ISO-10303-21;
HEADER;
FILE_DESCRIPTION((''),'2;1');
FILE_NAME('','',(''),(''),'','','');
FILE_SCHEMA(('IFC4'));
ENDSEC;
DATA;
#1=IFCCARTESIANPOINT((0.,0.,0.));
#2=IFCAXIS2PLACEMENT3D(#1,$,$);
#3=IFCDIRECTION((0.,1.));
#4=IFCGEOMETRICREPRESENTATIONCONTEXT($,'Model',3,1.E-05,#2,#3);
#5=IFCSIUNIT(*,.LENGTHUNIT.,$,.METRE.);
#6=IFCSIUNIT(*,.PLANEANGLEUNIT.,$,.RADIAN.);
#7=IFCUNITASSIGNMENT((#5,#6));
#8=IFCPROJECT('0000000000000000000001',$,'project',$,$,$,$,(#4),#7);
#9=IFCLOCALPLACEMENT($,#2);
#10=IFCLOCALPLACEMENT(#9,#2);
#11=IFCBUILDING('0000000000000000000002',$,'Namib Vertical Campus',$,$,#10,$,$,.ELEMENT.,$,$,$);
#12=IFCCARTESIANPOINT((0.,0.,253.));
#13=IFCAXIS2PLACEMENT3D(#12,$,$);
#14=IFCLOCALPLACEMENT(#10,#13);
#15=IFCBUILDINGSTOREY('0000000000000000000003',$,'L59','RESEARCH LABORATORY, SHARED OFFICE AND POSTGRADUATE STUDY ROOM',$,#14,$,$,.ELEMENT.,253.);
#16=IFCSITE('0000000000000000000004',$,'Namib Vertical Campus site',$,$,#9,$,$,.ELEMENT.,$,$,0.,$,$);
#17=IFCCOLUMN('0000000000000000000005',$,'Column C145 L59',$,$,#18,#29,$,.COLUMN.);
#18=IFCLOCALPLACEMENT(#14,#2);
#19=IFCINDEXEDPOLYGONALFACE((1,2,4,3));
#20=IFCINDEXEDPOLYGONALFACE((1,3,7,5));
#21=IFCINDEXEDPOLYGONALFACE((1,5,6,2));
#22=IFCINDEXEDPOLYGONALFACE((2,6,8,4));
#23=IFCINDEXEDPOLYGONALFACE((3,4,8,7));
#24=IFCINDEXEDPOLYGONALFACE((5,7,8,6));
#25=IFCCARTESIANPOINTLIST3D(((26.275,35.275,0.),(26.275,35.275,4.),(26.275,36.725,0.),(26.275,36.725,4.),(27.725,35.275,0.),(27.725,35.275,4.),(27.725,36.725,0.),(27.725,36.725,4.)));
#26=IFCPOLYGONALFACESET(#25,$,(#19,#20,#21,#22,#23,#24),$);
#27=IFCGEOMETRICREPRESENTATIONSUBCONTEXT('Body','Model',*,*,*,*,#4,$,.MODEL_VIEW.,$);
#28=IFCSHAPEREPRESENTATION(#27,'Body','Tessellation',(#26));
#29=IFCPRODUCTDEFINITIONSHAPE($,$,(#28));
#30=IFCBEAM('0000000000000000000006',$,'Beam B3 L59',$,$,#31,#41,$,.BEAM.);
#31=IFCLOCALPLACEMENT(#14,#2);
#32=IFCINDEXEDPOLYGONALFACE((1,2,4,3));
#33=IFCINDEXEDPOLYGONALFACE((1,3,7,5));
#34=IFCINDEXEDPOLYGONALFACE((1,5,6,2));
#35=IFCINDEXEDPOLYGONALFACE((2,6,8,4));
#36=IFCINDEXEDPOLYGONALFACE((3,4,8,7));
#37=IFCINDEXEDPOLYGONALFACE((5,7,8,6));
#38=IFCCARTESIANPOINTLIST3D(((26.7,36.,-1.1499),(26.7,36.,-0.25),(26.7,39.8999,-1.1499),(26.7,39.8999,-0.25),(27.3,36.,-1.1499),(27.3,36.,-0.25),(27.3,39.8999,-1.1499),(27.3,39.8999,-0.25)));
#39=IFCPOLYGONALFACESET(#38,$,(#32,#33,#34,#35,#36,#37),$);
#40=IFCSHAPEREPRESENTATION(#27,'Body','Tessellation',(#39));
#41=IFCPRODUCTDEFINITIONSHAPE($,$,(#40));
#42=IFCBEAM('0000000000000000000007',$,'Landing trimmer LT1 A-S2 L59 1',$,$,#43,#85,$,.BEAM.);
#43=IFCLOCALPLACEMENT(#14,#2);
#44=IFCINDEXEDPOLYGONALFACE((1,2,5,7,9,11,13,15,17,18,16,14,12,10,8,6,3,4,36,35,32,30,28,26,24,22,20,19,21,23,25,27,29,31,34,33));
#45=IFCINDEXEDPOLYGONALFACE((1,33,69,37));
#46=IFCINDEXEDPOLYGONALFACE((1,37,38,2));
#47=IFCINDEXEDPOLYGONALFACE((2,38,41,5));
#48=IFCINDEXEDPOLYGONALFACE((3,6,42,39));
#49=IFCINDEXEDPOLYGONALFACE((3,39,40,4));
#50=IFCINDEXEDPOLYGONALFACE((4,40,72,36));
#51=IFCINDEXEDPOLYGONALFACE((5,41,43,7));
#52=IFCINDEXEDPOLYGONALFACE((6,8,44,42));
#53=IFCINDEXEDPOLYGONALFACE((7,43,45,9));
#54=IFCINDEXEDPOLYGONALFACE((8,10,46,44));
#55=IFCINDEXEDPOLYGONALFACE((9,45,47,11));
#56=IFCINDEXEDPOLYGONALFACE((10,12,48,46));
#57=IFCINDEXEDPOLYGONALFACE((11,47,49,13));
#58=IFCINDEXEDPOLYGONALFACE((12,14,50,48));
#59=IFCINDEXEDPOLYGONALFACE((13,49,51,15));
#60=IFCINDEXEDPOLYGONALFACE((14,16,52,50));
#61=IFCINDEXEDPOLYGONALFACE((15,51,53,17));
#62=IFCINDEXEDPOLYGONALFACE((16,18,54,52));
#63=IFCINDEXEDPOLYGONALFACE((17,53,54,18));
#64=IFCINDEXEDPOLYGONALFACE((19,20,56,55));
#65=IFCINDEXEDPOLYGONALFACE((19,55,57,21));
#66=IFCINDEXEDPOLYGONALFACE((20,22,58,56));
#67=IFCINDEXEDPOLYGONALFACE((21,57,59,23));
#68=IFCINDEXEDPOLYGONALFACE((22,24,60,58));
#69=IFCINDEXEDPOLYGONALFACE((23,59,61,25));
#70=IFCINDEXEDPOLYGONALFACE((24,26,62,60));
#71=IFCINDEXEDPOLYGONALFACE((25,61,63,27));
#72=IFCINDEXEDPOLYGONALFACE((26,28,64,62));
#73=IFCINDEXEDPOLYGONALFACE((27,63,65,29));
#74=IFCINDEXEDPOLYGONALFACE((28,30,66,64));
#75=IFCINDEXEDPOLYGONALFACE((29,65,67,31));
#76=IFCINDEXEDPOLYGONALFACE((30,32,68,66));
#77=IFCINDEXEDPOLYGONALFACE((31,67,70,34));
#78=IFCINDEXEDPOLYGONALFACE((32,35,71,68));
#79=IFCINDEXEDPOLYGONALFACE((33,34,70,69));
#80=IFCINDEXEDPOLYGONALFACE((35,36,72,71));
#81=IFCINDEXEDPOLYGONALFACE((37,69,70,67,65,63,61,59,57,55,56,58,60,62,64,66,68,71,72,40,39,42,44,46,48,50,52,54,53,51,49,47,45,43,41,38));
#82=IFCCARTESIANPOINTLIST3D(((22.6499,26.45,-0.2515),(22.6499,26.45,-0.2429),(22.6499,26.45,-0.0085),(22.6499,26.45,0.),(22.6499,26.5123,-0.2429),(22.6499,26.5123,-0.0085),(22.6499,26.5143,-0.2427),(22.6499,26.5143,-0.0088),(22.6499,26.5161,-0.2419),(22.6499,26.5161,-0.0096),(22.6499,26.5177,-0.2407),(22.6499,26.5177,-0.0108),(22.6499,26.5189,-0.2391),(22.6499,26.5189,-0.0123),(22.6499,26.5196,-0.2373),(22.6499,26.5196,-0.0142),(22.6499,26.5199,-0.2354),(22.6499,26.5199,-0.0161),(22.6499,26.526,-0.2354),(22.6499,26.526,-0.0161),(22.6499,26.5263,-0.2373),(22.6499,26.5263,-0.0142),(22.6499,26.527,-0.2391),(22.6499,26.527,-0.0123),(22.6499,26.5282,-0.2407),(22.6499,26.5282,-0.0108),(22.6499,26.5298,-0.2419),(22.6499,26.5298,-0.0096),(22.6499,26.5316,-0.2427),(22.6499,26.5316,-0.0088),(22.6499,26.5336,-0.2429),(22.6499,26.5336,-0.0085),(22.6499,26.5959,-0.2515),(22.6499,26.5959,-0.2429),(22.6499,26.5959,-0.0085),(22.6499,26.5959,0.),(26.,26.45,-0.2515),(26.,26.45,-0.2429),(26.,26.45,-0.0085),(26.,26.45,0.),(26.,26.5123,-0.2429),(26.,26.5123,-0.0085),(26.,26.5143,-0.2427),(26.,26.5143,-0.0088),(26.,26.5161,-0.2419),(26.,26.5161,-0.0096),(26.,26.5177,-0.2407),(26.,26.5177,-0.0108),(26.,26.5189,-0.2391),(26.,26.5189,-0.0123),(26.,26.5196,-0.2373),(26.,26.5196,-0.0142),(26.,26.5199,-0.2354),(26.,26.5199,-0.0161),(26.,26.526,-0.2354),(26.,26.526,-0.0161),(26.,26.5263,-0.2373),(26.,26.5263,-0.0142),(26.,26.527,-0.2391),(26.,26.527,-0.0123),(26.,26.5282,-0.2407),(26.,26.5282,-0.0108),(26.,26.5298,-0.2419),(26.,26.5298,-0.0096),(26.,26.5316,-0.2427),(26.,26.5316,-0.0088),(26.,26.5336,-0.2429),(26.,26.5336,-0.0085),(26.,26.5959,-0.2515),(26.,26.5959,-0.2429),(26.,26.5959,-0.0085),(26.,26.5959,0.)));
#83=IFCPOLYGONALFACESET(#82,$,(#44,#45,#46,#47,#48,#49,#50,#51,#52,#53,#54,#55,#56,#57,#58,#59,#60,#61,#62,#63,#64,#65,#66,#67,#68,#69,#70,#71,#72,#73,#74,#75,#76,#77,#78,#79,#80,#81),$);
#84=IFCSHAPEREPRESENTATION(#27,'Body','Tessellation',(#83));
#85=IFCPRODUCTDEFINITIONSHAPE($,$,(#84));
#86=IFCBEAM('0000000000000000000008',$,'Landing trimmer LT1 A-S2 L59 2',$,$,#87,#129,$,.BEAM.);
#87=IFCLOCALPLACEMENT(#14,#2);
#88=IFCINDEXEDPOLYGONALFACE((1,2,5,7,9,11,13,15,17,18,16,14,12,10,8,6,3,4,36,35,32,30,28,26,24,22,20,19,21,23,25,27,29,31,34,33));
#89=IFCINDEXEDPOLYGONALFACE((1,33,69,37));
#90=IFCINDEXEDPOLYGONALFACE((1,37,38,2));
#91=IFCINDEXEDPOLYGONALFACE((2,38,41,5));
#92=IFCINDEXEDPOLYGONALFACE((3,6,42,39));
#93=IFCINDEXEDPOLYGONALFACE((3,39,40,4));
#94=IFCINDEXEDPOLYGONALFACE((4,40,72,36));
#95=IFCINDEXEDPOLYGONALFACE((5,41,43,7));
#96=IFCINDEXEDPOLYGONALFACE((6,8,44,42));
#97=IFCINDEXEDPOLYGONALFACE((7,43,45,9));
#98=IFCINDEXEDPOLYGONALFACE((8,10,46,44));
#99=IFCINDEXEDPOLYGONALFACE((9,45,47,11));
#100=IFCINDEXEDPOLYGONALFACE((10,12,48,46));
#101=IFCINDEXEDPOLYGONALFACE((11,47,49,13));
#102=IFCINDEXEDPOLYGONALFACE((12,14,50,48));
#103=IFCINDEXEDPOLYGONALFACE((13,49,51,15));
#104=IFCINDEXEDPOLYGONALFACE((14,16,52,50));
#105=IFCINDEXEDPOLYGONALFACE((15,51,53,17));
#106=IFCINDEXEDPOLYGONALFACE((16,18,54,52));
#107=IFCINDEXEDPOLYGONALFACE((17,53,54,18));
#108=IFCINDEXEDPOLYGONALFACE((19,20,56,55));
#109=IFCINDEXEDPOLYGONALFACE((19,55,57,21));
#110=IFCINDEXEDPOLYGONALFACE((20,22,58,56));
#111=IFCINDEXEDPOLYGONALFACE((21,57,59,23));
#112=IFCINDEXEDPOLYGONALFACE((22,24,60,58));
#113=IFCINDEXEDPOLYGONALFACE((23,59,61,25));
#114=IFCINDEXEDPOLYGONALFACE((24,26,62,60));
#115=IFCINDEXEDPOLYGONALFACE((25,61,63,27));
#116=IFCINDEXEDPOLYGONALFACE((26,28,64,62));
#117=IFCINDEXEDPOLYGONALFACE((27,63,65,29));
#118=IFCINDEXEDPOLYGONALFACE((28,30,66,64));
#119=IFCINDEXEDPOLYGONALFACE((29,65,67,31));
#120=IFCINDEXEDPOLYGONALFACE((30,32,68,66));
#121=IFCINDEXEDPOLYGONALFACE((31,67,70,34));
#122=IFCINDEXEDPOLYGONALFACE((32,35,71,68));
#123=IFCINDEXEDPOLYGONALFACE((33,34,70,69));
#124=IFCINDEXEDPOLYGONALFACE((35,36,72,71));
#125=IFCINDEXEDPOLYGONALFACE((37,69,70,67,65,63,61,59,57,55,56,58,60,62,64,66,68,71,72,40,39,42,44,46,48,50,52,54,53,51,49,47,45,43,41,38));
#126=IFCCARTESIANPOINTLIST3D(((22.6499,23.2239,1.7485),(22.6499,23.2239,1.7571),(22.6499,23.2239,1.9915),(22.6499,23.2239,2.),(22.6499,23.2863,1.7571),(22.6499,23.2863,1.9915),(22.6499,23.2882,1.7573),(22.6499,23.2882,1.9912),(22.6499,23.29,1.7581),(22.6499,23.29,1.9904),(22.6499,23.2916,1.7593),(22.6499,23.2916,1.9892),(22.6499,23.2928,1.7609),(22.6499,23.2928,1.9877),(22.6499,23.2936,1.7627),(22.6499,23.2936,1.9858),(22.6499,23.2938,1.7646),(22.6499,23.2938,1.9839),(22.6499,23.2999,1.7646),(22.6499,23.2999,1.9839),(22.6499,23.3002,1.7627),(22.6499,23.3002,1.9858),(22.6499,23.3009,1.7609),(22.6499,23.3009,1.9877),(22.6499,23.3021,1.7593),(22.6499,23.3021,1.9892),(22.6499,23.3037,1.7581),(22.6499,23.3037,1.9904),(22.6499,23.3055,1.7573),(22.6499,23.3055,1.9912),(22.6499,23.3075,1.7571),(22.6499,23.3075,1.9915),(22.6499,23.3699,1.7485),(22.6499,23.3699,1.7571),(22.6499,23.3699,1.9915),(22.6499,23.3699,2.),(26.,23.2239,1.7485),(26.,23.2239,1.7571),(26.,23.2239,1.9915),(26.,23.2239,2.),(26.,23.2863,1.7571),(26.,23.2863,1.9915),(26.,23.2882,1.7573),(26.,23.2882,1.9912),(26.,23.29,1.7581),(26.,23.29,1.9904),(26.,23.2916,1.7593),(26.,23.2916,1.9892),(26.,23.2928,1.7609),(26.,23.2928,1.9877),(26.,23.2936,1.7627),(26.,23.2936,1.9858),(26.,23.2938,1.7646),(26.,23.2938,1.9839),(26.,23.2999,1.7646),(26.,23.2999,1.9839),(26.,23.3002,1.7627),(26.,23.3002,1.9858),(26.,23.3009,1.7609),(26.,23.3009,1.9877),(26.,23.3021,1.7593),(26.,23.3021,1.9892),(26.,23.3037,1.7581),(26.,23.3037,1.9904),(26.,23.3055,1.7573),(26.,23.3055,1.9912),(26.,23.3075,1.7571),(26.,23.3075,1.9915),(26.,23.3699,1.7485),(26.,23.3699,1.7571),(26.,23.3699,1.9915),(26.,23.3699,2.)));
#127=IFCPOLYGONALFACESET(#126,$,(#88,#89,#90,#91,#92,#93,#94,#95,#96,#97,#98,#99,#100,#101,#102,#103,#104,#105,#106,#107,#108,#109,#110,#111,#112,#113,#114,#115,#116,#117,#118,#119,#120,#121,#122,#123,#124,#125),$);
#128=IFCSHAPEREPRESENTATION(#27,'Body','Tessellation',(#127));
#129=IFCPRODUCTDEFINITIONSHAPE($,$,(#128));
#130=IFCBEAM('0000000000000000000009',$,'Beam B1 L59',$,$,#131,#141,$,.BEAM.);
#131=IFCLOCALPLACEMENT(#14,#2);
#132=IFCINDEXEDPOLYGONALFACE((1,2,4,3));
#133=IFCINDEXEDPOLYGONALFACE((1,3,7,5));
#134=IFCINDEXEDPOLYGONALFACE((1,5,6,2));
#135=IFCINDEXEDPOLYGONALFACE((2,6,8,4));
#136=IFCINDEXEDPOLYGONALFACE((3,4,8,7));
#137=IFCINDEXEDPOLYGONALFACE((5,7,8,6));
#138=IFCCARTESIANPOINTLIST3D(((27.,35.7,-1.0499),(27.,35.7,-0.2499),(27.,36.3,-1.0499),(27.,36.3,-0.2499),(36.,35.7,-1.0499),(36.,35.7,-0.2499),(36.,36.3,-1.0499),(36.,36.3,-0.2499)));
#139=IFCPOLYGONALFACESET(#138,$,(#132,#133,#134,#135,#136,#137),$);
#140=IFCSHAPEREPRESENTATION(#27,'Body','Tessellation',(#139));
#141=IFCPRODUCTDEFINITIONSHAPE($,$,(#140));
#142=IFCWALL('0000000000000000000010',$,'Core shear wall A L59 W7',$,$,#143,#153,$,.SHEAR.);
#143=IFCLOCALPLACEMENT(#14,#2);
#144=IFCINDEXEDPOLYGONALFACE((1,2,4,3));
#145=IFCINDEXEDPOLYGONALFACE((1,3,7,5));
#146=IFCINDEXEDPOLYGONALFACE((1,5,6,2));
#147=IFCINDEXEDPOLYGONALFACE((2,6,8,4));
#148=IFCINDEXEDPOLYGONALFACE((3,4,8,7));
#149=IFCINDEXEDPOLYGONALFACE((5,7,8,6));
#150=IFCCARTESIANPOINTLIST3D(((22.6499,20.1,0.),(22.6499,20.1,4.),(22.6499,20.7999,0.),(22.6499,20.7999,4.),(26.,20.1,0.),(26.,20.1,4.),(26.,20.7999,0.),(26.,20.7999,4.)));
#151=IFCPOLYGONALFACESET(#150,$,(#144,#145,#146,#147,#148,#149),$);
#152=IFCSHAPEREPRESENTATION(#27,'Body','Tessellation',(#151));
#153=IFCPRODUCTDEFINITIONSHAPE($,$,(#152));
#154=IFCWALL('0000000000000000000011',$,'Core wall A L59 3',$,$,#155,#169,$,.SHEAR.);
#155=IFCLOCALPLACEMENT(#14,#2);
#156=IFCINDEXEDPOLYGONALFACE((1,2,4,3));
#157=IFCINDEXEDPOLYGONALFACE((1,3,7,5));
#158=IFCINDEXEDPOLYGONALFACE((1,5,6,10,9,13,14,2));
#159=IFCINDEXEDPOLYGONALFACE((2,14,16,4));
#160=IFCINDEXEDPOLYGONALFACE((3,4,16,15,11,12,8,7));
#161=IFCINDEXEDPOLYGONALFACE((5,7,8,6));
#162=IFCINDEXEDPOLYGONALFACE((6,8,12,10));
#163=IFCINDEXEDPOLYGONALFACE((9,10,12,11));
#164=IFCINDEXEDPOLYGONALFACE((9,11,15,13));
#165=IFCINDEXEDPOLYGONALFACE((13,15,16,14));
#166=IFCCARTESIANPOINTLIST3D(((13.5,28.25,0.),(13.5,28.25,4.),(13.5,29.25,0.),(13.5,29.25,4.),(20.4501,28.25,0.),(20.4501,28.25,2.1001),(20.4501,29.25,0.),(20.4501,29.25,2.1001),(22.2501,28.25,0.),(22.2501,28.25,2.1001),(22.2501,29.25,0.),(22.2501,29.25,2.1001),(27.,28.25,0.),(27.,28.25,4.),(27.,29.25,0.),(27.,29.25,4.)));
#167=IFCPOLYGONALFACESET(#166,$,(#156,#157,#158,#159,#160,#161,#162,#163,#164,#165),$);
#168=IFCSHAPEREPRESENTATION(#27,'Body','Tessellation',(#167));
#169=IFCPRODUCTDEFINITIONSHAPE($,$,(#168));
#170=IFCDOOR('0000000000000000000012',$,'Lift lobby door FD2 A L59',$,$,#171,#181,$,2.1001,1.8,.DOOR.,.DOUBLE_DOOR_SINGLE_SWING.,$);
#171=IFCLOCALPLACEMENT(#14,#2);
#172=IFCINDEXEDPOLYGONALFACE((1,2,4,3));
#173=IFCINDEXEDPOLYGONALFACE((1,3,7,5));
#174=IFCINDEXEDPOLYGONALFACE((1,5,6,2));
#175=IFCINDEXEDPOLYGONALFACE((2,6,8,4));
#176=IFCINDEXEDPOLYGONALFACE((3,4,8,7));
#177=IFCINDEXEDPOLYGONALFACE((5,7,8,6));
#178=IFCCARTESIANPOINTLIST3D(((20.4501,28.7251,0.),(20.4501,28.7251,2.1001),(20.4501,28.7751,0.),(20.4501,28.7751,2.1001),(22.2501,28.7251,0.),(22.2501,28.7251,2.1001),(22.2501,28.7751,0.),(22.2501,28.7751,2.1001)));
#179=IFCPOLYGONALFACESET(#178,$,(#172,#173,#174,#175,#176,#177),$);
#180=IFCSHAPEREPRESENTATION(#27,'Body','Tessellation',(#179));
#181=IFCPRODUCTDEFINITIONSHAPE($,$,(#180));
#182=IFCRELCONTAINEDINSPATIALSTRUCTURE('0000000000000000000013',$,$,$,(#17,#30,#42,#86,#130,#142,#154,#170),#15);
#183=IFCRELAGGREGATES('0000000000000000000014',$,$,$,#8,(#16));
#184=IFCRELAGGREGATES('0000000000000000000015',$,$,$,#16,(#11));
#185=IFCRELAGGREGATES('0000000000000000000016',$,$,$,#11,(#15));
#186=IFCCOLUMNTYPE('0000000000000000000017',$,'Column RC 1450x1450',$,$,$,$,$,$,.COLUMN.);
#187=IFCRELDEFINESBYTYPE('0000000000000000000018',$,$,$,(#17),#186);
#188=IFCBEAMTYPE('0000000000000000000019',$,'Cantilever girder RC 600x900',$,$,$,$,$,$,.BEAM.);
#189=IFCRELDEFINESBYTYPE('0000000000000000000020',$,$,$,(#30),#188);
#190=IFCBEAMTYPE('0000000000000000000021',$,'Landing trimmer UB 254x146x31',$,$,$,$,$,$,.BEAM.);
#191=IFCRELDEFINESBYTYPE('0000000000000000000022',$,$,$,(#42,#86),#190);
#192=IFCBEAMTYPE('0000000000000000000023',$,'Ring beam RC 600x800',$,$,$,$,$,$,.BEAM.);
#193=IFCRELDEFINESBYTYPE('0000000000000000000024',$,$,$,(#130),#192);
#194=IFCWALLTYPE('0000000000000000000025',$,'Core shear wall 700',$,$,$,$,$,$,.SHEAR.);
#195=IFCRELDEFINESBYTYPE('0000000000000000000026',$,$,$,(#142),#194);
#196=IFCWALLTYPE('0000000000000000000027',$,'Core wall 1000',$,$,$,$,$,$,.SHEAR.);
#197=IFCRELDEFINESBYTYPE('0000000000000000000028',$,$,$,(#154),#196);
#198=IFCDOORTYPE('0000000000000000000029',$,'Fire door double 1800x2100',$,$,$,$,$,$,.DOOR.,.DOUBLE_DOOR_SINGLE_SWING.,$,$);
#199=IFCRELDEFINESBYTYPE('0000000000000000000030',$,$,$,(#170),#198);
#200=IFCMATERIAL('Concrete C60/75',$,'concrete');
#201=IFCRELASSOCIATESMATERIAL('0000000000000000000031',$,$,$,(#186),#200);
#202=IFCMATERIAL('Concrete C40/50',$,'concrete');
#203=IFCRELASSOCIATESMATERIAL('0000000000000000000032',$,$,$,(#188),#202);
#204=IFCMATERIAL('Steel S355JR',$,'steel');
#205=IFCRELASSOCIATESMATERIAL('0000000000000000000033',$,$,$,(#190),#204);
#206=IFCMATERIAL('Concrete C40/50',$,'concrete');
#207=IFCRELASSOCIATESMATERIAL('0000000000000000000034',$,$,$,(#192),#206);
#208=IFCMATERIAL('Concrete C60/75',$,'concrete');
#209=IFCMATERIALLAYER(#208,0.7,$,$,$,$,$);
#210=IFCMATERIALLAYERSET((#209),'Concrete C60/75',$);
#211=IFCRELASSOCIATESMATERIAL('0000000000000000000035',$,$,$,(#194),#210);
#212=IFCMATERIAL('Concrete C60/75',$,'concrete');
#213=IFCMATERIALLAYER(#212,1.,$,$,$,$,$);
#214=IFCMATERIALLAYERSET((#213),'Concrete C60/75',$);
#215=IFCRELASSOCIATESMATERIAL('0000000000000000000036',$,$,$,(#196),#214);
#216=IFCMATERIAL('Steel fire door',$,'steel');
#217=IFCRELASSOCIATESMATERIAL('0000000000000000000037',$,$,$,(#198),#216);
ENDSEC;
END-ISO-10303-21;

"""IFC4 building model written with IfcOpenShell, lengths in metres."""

from ifc_helpers import new_model, si_unit, direction, frame, frame_2d, origin, origin_2d, place, context, subcontext, project, spatial, rectangle, i_section, extrude, material, layer, layer_set, material_profile, profile_set, type_object, element, fill, save


model = new_model("IFC4")

# Units and contexts
model_context = context("Model", 3, precision=1e-05, world=origin(), true_north=direction((0.0, 1.0)))
body_context = subcontext(model_context, "Body", "Model", "MODEL_VIEW")
ifc_project = project(units=[si_unit("LENGTHUNIT", "METRE"), si_unit("PLANEANGLEUNIT", "RADIAN")], contexts=[model_context])

# Site, building, storey
site_placement = place(None, origin())
site = spatial("IfcSite", under=ifc_project, at=site_placement, Name="Namib Vertical Campus site", CompositionType="ELEMENT", RefElevation=0.0)
building_placement = place(site_placement, origin())
building = spatial("IfcBuilding", under=site, at=building_placement, Name="Namib Vertical Campus", CompositionType="ELEMENT")
storey_placement = place(building_placement, frame((0.0, 0.0, 253.0)))
storey = spatial("IfcBuildingStorey", under=building, at=storey_placement, Name="L59", Description="RESEARCH LABORATORY, SHARED OFFICE AND POSTGRADUATE STUDY ROOM", CompositionType="ELEMENT", Elevation=253.0)

# Column
ifc_material_1 = material(Name="Concrete C60/75", Category="concrete")
ifc_material_profile_1 = material_profile(ifc_material_1, rectangle(XDim=1.45, YDim=1.45, at=origin_2d()))
ifc_profile_set_1 = profile_set([ifc_material_profile_1], Name="Concrete C60/75")
column_type = type_object("IfcColumnType", Name="Column RC 1450x1450", PredefinedType="COLUMN", material=ifc_profile_set_1)
column_placement = place(storey_placement, frame((27.0, 36.0, 0.0), z_axis=(0.0, 0.0, 1.0), x_axis=(1.0, 0.0, 0.0)))
element("IfcColumn", 1, at=column_placement, inside=storey, type_object=column_type, Name="Column C145 L59", PredefinedType="COLUMN", context=body_context, shape_type="SweptSolid", body=[
    extrude(rectangle(XDim=1.45, YDim=1.45, at=origin_2d()), origin(), (0.0, 0.0, 1.0), 4.0),
])

# Beams
ifc_material_2 = material(Name="Concrete C40/50", Category="concrete")
ifc_material_profile_2 = material_profile(ifc_material_2, rectangle(XDim=0.6001, YDim=0.8999, at=origin_2d()))
ifc_profile_set_2 = profile_set([ifc_material_profile_2], Name="Concrete C40/50")
beam_type_1 = type_object("IfcBeamType", Name="Cantilever girder RC 600x900", PredefinedType="BEAM", material=ifc_profile_set_2)
beam_1_placement = place(storey_placement, frame((27.0, 36.0, -0.7), z_axis=(0.0, 1.0, 0.0), x_axis=(-1.0, 0.0, 0.0)))
element("IfcBeam", 2, at=beam_1_placement, inside=storey, type_object=beam_type_1, Name="Beam B3 L59", PredefinedType="BEAM", context=body_context, shape_type="SweptSolid", body=[
    extrude(rectangle(XDim=0.6001, YDim=0.8999, at=origin_2d()), origin(), (0.0, 0.0, 1.0), 3.8999),
])
ifc_material_3 = material(Name="Steel S355JR", Category="steel")
ifc_material_profile_3 = material_profile(ifc_material_3, i_section(OverallWidth=0.146, OverallDepth=0.2515, WebThickness=0.0061, FlangeThickness=0.0085, FilletRadius=0.0076, at=origin_2d()))
ifc_profile_set_3 = profile_set([ifc_material_profile_3], Name="Steel S355JR")
beam_type_2 = type_object("IfcBeamType", Name="Landing trimmer UB 254x146x31", PredefinedType="BEAM", material=ifc_profile_set_3)
for number, where, z_axis, x_axis, name in (
    (3, (22.6499, 26.5229, -0.1257), (1.0, 0.0, 0.0), (0.0, 1.0, 0.0), "Landing trimmer LT1 A-S2 L59 1"),
    (4, (22.6499, 23.2969, 1.8743), (1.0, 0.0, 0.0), (0.0, 1.0, 0.0), "Landing trimmer LT1 A-S2 L59 2"),
):
    element("IfcBeam", number, at=place(storey_placement, frame(where, z_axis=z_axis, x_axis=x_axis)), inside=storey, type_object=beam_type_2, Name=name, PredefinedType="BEAM", context=body_context, shape_type="SweptSolid", body=[
        extrude(i_section(OverallWidth=0.146, OverallDepth=0.2515, WebThickness=0.0061, FlangeThickness=0.0085, FilletRadius=0.0076, at=origin_2d()), origin(), (0.0, 0.0, 1.0), 3.3501),
    ])
ifc_material_4 = material(Name="Concrete C40/50", Category="concrete")
ifc_material_profile_4 = material_profile(ifc_material_4, rectangle(XDim=0.6001, YDim=0.8, at=origin_2d()))
ifc_profile_set_4 = profile_set([ifc_material_profile_4], Name="Concrete C40/50")
beam_type_3 = type_object("IfcBeamType", Name="Ring beam RC 600x800", PredefinedType="BEAM", material=ifc_profile_set_4)
beam_2_placement = place(storey_placement, frame((27.0, 36.0, -0.6499), z_axis=(1.0, 0.0, 0.0), x_axis=(0.0, 1.0, 0.0)))
element("IfcBeam", 5, at=beam_2_placement, inside=storey, type_object=beam_type_3, Name="Beam B1 L59", PredefinedType="BEAM", context=body_context, shape_type="SweptSolid", body=[
    extrude(rectangle(XDim=0.6001, YDim=0.8, at=origin_2d()), origin(), (0.0, 0.0, 1.0), 9.0),
])

# Wall
ifc_material_5 = material(Name="Concrete C60/75", Category="concrete")
ifc_layer_1 = layer(ifc_material_5, 0.7)
ifc_layer_set_1 = layer_set([ifc_layer_1], Name="Concrete C60/75")
wall_type_1 = type_object("IfcWallType", Name="Core shear wall 700", PredefinedType="SHEAR", material=ifc_layer_set_1)
wall_1_placement = place(storey_placement, frame((22.6499, 20.45, 0.0), z_axis=(0.0, 0.0, 1.0), x_axis=(1.0, 0.0, 0.0)))
element("IfcWall", 6, at=wall_1_placement, inside=storey, type_object=wall_type_1, Name="Core shear wall A L59 W7", PredefinedType="SHEAR", context=body_context, shape_type="SweptSolid", body=[
    extrude(rectangle(XDim=3.3501, YDim=0.7, at=frame_2d((1.675, 0.0))), origin(), (0.0, 0.0, 1.0), 4.0),
])

# Wall, opening, door
ifc_material_6 = material(Name="Concrete C60/75", Category="concrete")
ifc_layer_2 = layer(ifc_material_6, 1.0)
ifc_layer_set_2 = layer_set([ifc_layer_2], Name="Concrete C60/75")
wall_type_2 = type_object("IfcWallType", Name="Core wall 1000", PredefinedType="SHEAR", material=ifc_layer_set_2)
wall_2_placement = place(storey_placement, frame((27.0, 28.75, 0.0), z_axis=(0.0, 0.0, 1.0), x_axis=(-1.0, 0.0, 0.0)))
wall_2 = element("IfcWall", 7, at=wall_2_placement, inside=storey, type_object=wall_type_2, Name="Core wall A L59 3", PredefinedType="SHEAR", context=body_context, shape_type="SweptSolid", body=[
    extrude(rectangle(XDim=13.5, YDim=1.0, at=frame_2d((6.75, 0.0))), origin(), (0.0, 0.0, 1.0), 4.0),
])
opening_1_placement = place(wall_2_placement, frame((4.75, 0.0, 0.0)))
opening_1 = element("IfcOpeningElement", 8, at=opening_1_placement, cuts=wall_2, PredefinedType="OPENING", context=body_context, shape_type="SweptSolid", body=[
    extrude(rectangle(XDim=1.8, YDim=2.1001, at=frame_2d((0.8999, 1.05))), frame((0.0, 0.51, 0.0), z_axis=(0.0, -1.0, 0.0), x_axis=(1.0, 0.0, 0.0)), (0.0, 0.0, 1.0), 1.02),
])
ifc_material_7 = material(Name="Steel fire door", Category="steel")
door_type_1 = type_object("IfcDoorType", Name="Fire door double 1800x2100", OperationType="DOUBLE_DOOR_SINGLE_SWING", PredefinedType="DOOR", material=ifc_material_7)
door_1_placement = place(opening_1_placement, origin())
door_1 = element("IfcDoor", 9, at=door_1_placement, inside=storey, type_object=door_type_1, Name="Lift lobby door FD2 A L59", OperationType="DOUBLE_DOOR_SINGLE_SWING", OverallHeight=2.1001, OverallWidth=1.8, PredefinedType="DOOR", context=body_context, shape_type="SweptSolid", body=[
    extrude(rectangle(XDim=1.8, YDim=2.1001, at=frame_2d((0.8999, 1.05))), frame((0.0, 0.0249, 0.0), z_axis=(0.0, -1.0, 0.0), x_axis=(1.0, 0.0, 0.0)), (0.0, 0.0, 1.0), 0.05),
])
fill(opening_1, door_1)

save(model, "model.ifc")
